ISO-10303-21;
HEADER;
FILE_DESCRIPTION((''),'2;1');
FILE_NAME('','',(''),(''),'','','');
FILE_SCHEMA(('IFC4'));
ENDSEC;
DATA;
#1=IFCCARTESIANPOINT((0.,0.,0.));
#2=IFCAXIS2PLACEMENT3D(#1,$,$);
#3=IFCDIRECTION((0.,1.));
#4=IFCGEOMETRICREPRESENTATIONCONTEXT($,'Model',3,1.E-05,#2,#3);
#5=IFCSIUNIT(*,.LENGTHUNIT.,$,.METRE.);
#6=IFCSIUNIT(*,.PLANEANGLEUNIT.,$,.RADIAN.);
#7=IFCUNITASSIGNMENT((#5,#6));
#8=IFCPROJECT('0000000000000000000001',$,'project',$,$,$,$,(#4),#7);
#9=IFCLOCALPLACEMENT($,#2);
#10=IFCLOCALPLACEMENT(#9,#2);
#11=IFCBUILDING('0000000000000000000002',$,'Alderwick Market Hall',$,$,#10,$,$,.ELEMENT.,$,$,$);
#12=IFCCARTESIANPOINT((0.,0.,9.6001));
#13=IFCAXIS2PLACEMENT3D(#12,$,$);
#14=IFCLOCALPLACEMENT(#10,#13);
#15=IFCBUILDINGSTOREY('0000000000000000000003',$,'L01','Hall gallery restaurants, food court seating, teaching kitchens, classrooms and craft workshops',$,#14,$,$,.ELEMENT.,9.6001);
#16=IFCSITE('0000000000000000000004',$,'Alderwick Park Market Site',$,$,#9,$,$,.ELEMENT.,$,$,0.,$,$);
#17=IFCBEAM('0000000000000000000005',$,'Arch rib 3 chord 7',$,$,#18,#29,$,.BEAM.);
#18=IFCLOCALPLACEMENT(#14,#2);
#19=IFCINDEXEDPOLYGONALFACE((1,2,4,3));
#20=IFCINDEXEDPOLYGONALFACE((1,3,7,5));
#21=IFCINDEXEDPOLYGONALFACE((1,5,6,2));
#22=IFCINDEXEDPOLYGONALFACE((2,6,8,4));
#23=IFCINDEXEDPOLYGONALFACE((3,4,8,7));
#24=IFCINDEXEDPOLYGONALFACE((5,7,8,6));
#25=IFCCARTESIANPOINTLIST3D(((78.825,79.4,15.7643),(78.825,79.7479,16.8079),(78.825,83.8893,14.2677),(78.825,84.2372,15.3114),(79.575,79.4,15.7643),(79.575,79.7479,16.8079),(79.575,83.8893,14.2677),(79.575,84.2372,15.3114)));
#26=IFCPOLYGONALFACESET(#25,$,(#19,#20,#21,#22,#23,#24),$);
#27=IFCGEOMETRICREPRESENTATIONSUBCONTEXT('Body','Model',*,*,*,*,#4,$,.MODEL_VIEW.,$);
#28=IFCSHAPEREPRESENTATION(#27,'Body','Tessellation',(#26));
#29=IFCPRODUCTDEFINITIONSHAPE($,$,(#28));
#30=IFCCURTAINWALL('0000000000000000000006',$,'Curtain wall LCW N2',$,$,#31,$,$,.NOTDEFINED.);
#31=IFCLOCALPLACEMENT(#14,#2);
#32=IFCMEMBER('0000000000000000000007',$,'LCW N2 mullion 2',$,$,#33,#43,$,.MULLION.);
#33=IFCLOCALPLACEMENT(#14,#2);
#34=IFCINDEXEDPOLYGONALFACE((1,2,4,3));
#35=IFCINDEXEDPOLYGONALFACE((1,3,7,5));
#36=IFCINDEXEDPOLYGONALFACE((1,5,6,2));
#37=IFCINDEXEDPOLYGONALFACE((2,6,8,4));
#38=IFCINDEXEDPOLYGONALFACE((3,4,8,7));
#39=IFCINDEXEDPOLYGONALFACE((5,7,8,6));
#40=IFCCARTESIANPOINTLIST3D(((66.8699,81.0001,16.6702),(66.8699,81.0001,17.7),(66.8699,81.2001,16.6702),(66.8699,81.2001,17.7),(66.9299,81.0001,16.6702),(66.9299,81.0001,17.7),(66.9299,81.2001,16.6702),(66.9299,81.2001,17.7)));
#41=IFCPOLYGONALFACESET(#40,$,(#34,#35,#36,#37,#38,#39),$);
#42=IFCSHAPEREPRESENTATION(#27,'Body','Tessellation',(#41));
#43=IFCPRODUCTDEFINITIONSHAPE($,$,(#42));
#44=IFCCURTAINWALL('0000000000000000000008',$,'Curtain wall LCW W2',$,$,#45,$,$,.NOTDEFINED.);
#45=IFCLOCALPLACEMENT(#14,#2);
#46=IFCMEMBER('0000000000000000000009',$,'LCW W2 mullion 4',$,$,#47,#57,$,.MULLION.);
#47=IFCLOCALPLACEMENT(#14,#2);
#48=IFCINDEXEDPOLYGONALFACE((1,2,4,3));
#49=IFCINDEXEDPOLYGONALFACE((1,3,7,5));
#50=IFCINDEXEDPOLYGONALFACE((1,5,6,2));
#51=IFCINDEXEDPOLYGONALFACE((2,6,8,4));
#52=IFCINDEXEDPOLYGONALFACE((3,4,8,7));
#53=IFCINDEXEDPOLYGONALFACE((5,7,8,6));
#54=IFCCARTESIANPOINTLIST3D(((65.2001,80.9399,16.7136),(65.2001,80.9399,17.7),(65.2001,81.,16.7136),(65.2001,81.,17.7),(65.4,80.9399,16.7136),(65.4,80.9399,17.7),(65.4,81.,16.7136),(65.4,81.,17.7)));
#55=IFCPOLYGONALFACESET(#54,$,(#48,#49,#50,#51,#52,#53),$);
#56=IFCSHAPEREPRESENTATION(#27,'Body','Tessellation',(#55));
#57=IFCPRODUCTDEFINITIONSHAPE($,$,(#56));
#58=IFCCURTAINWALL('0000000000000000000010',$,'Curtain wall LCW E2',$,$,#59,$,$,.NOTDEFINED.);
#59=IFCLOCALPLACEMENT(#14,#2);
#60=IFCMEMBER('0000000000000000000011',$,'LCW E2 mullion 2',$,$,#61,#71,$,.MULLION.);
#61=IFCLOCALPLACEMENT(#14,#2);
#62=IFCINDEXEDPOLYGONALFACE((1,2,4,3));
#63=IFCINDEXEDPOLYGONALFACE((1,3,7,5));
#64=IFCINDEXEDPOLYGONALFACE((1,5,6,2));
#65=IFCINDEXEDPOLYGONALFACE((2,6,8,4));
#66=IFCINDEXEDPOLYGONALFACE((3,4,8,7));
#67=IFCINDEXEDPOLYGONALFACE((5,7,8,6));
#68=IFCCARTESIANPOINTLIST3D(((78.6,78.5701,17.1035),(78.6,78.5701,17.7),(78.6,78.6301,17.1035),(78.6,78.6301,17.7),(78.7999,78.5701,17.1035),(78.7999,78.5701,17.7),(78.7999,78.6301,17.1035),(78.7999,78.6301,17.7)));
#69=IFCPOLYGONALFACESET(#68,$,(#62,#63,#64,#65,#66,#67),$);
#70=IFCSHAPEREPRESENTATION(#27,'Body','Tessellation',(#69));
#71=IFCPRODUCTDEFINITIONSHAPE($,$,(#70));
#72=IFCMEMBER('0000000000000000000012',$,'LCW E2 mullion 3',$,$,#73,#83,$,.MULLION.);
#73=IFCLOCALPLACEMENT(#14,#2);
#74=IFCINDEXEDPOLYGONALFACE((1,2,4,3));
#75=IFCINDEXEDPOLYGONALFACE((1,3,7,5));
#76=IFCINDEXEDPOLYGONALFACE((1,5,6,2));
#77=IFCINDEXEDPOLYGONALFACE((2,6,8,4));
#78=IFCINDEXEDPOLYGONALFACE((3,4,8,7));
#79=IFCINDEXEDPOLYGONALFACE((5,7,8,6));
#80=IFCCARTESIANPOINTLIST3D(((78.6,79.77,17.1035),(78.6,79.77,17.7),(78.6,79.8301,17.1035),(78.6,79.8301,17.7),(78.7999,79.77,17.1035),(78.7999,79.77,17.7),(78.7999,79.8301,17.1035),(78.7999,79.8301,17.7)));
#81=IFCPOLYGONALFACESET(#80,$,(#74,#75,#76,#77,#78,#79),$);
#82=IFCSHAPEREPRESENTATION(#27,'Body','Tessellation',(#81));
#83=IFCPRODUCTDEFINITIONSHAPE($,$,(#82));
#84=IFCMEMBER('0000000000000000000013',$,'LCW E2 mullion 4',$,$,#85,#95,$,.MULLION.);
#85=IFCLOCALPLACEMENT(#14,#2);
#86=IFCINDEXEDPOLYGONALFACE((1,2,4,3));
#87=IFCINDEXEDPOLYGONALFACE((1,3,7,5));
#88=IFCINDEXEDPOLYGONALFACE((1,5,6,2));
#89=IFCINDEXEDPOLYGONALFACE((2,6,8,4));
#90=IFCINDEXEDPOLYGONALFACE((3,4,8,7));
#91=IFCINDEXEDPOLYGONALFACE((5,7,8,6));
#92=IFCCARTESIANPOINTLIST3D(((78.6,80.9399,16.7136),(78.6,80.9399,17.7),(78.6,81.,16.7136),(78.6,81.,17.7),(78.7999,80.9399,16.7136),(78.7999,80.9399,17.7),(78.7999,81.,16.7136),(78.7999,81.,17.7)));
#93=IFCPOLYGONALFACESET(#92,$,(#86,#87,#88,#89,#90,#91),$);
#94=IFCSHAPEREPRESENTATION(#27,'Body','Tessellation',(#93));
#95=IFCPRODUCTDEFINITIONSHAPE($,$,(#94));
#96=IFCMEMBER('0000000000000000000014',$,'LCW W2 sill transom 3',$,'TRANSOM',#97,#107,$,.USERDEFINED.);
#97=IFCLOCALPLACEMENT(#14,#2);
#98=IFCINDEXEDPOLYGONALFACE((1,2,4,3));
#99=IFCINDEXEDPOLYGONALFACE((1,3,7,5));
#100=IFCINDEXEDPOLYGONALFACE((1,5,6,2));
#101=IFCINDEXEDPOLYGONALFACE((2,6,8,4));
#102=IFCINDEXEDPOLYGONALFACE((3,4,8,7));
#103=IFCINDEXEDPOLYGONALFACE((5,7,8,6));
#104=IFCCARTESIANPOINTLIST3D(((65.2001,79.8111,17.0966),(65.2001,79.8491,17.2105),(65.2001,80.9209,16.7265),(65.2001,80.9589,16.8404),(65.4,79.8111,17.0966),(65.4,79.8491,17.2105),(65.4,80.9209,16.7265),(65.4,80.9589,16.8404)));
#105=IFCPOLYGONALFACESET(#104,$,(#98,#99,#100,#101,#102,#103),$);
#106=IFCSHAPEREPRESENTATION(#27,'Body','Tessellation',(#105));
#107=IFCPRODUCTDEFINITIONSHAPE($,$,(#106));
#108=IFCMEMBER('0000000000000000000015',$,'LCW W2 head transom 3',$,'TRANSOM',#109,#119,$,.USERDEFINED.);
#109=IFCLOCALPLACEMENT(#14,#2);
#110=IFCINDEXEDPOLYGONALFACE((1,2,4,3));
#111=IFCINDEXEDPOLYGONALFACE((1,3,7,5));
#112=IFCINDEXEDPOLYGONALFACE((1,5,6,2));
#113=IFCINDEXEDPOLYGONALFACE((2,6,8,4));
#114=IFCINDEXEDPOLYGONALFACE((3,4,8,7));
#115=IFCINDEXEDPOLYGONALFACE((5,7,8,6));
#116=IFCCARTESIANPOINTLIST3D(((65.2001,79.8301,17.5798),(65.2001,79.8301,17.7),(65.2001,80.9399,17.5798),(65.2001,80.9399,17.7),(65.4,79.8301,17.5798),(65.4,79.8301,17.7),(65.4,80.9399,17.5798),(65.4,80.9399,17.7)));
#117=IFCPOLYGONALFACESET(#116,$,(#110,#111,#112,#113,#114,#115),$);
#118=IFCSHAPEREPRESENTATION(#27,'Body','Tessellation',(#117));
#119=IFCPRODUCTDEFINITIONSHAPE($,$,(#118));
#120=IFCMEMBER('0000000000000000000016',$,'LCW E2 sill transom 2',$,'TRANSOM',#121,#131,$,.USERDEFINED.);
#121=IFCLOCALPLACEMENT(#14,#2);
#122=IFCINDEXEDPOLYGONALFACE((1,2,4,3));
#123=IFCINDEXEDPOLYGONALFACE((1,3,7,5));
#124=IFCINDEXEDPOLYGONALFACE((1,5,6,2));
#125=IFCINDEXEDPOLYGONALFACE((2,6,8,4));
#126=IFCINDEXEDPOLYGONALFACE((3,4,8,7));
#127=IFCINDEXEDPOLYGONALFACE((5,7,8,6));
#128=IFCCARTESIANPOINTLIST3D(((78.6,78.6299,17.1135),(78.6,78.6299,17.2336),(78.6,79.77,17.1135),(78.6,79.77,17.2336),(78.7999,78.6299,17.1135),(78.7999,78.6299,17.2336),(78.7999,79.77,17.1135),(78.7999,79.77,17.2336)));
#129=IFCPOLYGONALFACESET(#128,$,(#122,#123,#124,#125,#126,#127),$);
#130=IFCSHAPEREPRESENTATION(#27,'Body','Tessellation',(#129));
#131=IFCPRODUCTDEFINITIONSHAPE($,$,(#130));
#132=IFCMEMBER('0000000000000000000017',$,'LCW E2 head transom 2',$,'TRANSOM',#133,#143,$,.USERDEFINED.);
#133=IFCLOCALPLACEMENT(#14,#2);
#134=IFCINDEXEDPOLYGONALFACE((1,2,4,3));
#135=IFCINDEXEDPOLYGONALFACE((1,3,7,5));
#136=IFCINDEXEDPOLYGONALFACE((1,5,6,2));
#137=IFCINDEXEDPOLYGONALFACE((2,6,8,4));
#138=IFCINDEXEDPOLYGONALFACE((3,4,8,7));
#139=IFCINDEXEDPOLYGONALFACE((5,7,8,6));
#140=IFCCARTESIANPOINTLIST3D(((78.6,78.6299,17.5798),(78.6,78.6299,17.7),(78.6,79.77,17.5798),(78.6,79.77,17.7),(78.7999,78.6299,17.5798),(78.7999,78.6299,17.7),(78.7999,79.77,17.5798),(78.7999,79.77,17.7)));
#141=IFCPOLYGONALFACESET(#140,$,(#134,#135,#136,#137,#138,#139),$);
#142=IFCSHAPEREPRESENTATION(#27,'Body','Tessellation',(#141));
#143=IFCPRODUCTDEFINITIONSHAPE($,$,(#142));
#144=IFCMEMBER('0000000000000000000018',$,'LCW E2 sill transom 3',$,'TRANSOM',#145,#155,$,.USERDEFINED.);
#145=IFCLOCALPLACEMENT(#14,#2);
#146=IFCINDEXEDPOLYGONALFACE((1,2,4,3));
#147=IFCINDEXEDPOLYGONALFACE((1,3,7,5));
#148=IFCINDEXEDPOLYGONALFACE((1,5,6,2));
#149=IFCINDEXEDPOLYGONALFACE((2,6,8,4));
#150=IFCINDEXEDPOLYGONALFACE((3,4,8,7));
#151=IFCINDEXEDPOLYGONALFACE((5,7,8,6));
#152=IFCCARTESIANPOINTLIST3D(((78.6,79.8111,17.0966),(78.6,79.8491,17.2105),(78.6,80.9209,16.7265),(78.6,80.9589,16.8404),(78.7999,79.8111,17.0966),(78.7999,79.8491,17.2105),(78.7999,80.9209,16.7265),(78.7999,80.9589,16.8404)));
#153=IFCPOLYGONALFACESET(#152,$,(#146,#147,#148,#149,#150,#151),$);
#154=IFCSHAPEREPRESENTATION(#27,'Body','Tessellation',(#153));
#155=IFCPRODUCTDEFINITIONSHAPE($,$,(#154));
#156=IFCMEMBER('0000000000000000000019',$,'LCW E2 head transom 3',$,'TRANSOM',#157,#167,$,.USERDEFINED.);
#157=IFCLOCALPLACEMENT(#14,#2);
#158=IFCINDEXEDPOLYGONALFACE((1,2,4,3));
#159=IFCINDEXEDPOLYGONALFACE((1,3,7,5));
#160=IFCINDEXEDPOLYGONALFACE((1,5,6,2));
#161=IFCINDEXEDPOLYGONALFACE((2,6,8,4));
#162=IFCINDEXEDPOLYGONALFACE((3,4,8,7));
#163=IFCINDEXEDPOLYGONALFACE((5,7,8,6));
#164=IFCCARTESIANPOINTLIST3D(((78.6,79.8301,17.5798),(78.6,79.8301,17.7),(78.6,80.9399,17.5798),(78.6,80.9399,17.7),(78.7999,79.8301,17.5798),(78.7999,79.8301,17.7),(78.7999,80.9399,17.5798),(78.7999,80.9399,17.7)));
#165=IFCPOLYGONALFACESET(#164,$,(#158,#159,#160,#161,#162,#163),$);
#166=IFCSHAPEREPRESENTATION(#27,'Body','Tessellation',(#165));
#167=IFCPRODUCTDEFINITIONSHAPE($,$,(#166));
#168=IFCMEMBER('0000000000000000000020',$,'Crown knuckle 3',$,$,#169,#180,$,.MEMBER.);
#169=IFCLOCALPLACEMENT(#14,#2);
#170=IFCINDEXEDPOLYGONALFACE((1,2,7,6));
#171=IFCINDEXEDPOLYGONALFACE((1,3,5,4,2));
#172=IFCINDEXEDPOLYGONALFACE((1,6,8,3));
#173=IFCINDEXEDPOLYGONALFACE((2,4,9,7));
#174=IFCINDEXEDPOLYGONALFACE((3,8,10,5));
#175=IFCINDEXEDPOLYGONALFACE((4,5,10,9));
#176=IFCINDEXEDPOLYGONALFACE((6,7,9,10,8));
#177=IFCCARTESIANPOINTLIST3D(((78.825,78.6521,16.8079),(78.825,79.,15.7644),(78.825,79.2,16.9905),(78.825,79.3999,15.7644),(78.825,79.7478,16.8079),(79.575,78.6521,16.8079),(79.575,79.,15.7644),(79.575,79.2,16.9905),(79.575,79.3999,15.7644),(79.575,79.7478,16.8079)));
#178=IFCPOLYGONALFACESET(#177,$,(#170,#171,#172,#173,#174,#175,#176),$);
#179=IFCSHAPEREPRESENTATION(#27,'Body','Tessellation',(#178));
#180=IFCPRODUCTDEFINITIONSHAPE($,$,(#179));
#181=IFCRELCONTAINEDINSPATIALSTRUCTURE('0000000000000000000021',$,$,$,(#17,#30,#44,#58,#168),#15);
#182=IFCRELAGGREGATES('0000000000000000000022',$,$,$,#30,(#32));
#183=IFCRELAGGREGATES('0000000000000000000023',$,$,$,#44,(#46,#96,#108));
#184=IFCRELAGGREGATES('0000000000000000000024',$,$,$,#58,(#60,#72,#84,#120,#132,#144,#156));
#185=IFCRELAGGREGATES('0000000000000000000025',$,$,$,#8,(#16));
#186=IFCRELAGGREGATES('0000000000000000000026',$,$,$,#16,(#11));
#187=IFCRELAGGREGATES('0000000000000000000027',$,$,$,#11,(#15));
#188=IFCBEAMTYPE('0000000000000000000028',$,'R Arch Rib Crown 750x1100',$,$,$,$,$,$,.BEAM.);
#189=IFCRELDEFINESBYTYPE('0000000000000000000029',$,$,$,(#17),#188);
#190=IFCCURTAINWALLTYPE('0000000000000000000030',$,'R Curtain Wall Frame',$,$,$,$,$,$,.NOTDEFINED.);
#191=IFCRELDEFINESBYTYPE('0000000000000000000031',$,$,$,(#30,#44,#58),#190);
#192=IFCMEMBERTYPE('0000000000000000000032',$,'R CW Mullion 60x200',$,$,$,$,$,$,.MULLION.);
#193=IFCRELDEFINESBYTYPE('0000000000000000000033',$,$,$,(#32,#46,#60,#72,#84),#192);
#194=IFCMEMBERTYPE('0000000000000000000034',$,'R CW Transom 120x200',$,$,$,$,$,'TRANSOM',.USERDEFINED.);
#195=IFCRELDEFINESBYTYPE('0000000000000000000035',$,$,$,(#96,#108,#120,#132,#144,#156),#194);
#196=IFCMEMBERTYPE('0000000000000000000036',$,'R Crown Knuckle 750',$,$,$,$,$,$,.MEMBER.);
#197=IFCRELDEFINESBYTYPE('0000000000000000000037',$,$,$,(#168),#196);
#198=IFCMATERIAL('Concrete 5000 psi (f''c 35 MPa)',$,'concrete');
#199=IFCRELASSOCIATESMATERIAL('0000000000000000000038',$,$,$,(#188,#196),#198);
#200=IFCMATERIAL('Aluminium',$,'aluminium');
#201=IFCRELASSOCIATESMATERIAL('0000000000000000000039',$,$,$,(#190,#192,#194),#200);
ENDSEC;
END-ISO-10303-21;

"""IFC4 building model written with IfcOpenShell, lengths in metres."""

from ifc_helpers import new_model, si_unit, direction, frame, origin, origin_2d, place, context, subcontext, project, spatial, polyline, rectangle, outline, extrude, material, material_profile, profile_set, type_object, element, aggregate, save


model = new_model("IFC4")

# Units and contexts
model_context = context("Model", 3, precision=1e-05, world=origin(), true_north=direction((0.0, 1.0)))
body_context = subcontext(model_context, "Body", "Model", "MODEL_VIEW")
ifc_project = project(units=[si_unit("LENGTHUNIT", "METRE"), si_unit("PLANEANGLEUNIT", "RADIAN")], contexts=[model_context])

# Site, building, storey
site_placement = place(None, origin())
site = spatial("IfcSite", under=ifc_project, at=site_placement, Name="Alderwick Park Market Site", CompositionType="ELEMENT", RefElevation=0.0)
building_placement = place(site_placement, origin())
building = spatial("IfcBuilding", under=site, at=building_placement, Name="Alderwick Market Hall", CompositionType="ELEMENT")
storey_placement = place(building_placement, frame((0.0, 0.0, 9.6001)))
storey = spatial("IfcBuildingStorey", under=building, at=storey_placement, Name="L01", Description="Hall gallery restaurants, food court seating, teaching kitchens, classrooms and craft workshops", CompositionType="ELEMENT", Elevation=9.6001)

# Beam
ifc_material_1 = material(Name="Concrete 5000 psi (f'c 35 MPa)", Category="concrete")
ifc_material_profile_1 = material_profile(ifc_material_1, rectangle(XDim=0.75, YDim=1.1001, at=origin_2d()), Name="RC 750x1100")
ifc_profile_set_1 = profile_set([ifc_material_profile_1], Name="Concrete 5000 psi (f'c 35 MPa)")
beam_type = type_object("IfcBeamType", Name="R Arch Rib Crown 750x1100", PredefinedType="BEAM", material=ifc_profile_set_1)
beam_placement = place(storey_placement, frame((79.2, 79.574, 16.2861), z_axis=(0.0, 0.948673, -0.316259), x_axis=(-1.0, 0.0, 0.0)))
element("IfcBeam", 1, at=beam_placement, inside=storey, type_object=beam_type, Name="Arch rib 3 chord 7", PredefinedType="BEAM", context=body_context, shape_type="SweptSolid", body=[
    extrude(rectangle(XDim=0.75, YDim=1.1001, at=origin_2d()), origin(), (0.0, 0.0, 1.0), 4.7322),
])

# Curtain walls, members
ifc_material_2 = material(Name="Aluminium", Category="aluminium")
curtain_wall_type = type_object("IfcCurtainWallType", Name="R Curtain Wall Frame", PredefinedType="NOTDEFINED", material=ifc_material_2)
curtain_wall_1_placement = place(storey_placement, origin())
curtain_wall_1 = element("IfcCurtainWall", 2, at=curtain_wall_1_placement, inside=storey, type_object=curtain_wall_type, Name="Curtain wall LCW N2", PredefinedType="NOTDEFINED")
ifc_material_profile_2 = material_profile(ifc_material_2, rectangle(XDim=0.2, YDim=0.0601, at=origin_2d()), Name="AL 60x200")
ifc_profile_set_2 = profile_set([ifc_material_profile_2], Name="Aluminium")
member_type_1 = type_object("IfcMemberType", Name="R CW Mullion 60x200", PredefinedType="MULLION", material=ifc_profile_set_2)
member_1_placement = place(storey_placement, frame((66.8999, 81.1001, 16.6702), z_axis=(0.0, 0.0, 1.0), x_axis=(0.0, 1.0, 0.0)))
member_1 = element("IfcMember", 3, at=member_1_placement, type_object=member_type_1, Name="LCW N2 mullion 2", PredefinedType="MULLION", context=body_context, shape_type="SweptSolid", body=[
    extrude(rectangle(XDim=0.2, YDim=0.0601, at=origin_2d()), origin(), (0.0, 0.0, 1.0), 1.0298),
])
curtain_wall_2_placement = place(storey_placement, origin())
curtain_wall_2 = element("IfcCurtainWall", 4, at=curtain_wall_2_placement, inside=storey, type_object=curtain_wall_type, Name="Curtain wall LCW W2", PredefinedType="NOTDEFINED")
member_2_placement = place(storey_placement, frame((65.3, 80.97, 16.7136), z_axis=(0.0, 0.0, 1.0), x_axis=(1.0, 0.0, 0.0)))
member_2 = element("IfcMember", 5, at=member_2_placement, type_object=member_type_1, Name="LCW W2 mullion 4", PredefinedType="MULLION", context=body_context, shape_type="SweptSolid", body=[
    extrude(rectangle(XDim=0.2, YDim=0.0601, at=origin_2d()), origin(), (0.0, 0.0, 1.0), 0.9863),
])

# Curtain wall, members
curtain_wall_3_placement = place(storey_placement, origin())
curtain_wall_3 = element("IfcCurtainWall", 6, at=curtain_wall_3_placement, inside=storey, type_object=curtain_wall_type, Name="Curtain wall LCW E2", PredefinedType="NOTDEFINED")
member_3_placement = place(storey_placement, frame((78.7, 78.6001, 17.1035), z_axis=(0.0, 0.0, 1.0), x_axis=(1.0, 0.0, 0.0)))
member_3 = element("IfcMember", 7, at=member_3_placement, type_object=member_type_1, Name="LCW E2 mullion 2", PredefinedType="MULLION", context=body_context, shape_type="SweptSolid", body=[
    extrude(rectangle(XDim=0.2, YDim=0.0601, at=origin_2d()), origin(), (0.0, 0.0, 1.0), 0.5964),
])
member_4_placement = place(storey_placement, frame((78.7, 79.8, 17.1035), z_axis=(0.0, 0.0, 1.0), x_axis=(1.0, 0.0, 0.0)))
member_4 = element("IfcMember", 8, at=member_4_placement, type_object=member_type_1, Name="LCW E2 mullion 3", PredefinedType="MULLION", context=body_context, shape_type="SweptSolid", body=[
    extrude(rectangle(XDim=0.2, YDim=0.0601, at=origin_2d()), origin(), (0.0, 0.0, 1.0), 0.5964),
])
member_5_placement = place(storey_placement, frame((78.7, 80.97, 16.7136), z_axis=(0.0, 0.0, 1.0), x_axis=(1.0, 0.0, 0.0)))
member_5 = element("IfcMember", 9, at=member_5_placement, type_object=member_type_1, Name="LCW E2 mullion 4", PredefinedType="MULLION", context=body_context, shape_type="SweptSolid", body=[
    extrude(rectangle(XDim=0.2, YDim=0.0601, at=origin_2d()), origin(), (0.0, 0.0, 1.0), 0.9863),
])

# Members
ifc_material_profile_3 = material_profile(ifc_material_2, rectangle(XDim=0.2, YDim=0.1201, at=origin_2d()), Name="AL 120x200")
ifc_profile_set_3 = profile_set([ifc_material_profile_3], Name="Aluminium")
member_type_2 = type_object("IfcMemberType", Name="R CW Transom 120x200", ElementType="TRANSOM", PredefinedType="USERDEFINED", material=ifc_profile_set_3)
member_6_placement = place(storey_placement, frame((65.3, 79.8301, 17.1536), z_axis=(0.0, 0.948642, -0.316353), x_axis=(-1.0, 0.0, 0.0)))
member_6 = element("IfcMember", 10, at=member_6_placement, type_object=member_type_2, Name="LCW W2 sill transom 3", ObjectType="TRANSOM", PredefinedType="USERDEFINED", context=body_context, shape_type="SweptSolid", body=[
    extrude(rectangle(XDim=0.2, YDim=0.1201, at=origin_2d()), origin(), (0.0, 0.0, 1.0), 1.1699),
])
member_7_placement = place(storey_placement, frame((65.3, 79.8301, 17.6399), z_axis=(0.0, 1.0, 0.0), x_axis=(-1.0, 0.0, 0.0)))
member_7 = element("IfcMember", 11, at=member_7_placement, type_object=member_type_2, Name="LCW W2 head transom 3", ObjectType="TRANSOM", PredefinedType="USERDEFINED", context=body_context, shape_type="SweptSolid", body=[
    extrude(rectangle(XDim=0.2, YDim=0.1201, at=origin_2d()), origin(), (0.0, 0.0, 1.0), 1.1099),
])
member_8_placement = place(storey_placement, frame((78.7, 78.6299, 17.1736), z_axis=(0.0, 1.0, 0.0), x_axis=(-1.0, 0.0, 0.0)))
member_8 = element("IfcMember", 12, at=member_8_placement, type_object=member_type_2, Name="LCW E2 sill transom 2", ObjectType="TRANSOM", PredefinedType="USERDEFINED", context=body_context, shape_type="SweptSolid", body=[
    extrude(rectangle(XDim=0.2, YDim=0.1201, at=origin_2d()), origin(), (0.0, 0.0, 1.0), 1.1401),
])
member_9_placement = place(storey_placement, frame((78.7, 78.6299, 17.6399), z_axis=(0.0, 1.0, 0.0), x_axis=(-1.0, 0.0, 0.0)))
member_9 = element("IfcMember", 13, at=member_9_placement, type_object=member_type_2, Name="LCW E2 head transom 2", ObjectType="TRANSOM", PredefinedType="USERDEFINED", context=body_context, shape_type="SweptSolid", body=[
    extrude(rectangle(XDim=0.2, YDim=0.1201, at=origin_2d()), origin(), (0.0, 0.0, 1.0), 1.1401),
])
member_10_placement = place(storey_placement, frame((78.7, 79.8301, 17.1536), z_axis=(0.0, 0.948642, -0.316353), x_axis=(-1.0, 0.0, 0.0)))
member_10 = element("IfcMember", 14, at=member_10_placement, type_object=member_type_2, Name="LCW E2 sill transom 3", ObjectType="TRANSOM", PredefinedType="USERDEFINED", context=body_context, shape_type="SweptSolid", body=[
    extrude(rectangle(XDim=0.2, YDim=0.1201, at=origin_2d()), origin(), (0.0, 0.0, 1.0), 1.1699),
])
member_11_placement = place(storey_placement, frame((78.7, 79.8301, 17.6399), z_axis=(0.0, 1.0, 0.0), x_axis=(-1.0, 0.0, 0.0)))
member_11 = element("IfcMember", 15, at=member_11_placement, type_object=member_type_2, Name="LCW E2 head transom 3", ObjectType="TRANSOM", PredefinedType="USERDEFINED", context=body_context, shape_type="SweptSolid", body=[
    extrude(rectangle(XDim=0.2, YDim=0.1201, at=origin_2d()), origin(), (0.0, 0.0, 1.0), 1.1099),
])

# Member
ifc_material_profile_4 = material_profile(ifc_material_1, outline(polyline([(-0.2, 0.0), (-0.5479, 1.0435), (0.0, 1.2261), (0.5479, 1.0435), (0.2, 0.0), (-0.2, 0.0)])), Name="RC crown knuckle")
ifc_profile_set_4 = profile_set([ifc_material_profile_4], Name="Concrete 5000 psi (f'c 35 MPa)")
member_type_3 = type_object("IfcMemberType", Name="R Crown Knuckle 750", PredefinedType="MEMBER", material=ifc_profile_set_4)
member_12_placement = place(storey_placement, frame((78.825, 79.2, 15.7644), z_axis=(1.0, 0.0, 0.0), x_axis=(0.0, 1.0, 0.0)))
element("IfcMember", 16, at=member_12_placement, inside=storey, type_object=member_type_3, Name="Crown knuckle 3", PredefinedType="MEMBER", context=body_context, shape_type="SweptSolid", body=[
    extrude(outline(polyline([(-0.2, 0.0), (-0.5479, 1.0435), (0.0, 1.2261), (0.5479, 1.0435), (0.2, 0.0), (-0.2, 0.0)])), origin(), (0.0, 0.0, 1.0), 0.75),
])

aggregate(curtain_wall_1, [member_1])
aggregate(curtain_wall_2, [member_2, member_6, member_7])
aggregate(curtain_wall_3, [member_3, member_4, member_5, member_8, member_9, member_10, member_11])

save(model, "model.ifc")
